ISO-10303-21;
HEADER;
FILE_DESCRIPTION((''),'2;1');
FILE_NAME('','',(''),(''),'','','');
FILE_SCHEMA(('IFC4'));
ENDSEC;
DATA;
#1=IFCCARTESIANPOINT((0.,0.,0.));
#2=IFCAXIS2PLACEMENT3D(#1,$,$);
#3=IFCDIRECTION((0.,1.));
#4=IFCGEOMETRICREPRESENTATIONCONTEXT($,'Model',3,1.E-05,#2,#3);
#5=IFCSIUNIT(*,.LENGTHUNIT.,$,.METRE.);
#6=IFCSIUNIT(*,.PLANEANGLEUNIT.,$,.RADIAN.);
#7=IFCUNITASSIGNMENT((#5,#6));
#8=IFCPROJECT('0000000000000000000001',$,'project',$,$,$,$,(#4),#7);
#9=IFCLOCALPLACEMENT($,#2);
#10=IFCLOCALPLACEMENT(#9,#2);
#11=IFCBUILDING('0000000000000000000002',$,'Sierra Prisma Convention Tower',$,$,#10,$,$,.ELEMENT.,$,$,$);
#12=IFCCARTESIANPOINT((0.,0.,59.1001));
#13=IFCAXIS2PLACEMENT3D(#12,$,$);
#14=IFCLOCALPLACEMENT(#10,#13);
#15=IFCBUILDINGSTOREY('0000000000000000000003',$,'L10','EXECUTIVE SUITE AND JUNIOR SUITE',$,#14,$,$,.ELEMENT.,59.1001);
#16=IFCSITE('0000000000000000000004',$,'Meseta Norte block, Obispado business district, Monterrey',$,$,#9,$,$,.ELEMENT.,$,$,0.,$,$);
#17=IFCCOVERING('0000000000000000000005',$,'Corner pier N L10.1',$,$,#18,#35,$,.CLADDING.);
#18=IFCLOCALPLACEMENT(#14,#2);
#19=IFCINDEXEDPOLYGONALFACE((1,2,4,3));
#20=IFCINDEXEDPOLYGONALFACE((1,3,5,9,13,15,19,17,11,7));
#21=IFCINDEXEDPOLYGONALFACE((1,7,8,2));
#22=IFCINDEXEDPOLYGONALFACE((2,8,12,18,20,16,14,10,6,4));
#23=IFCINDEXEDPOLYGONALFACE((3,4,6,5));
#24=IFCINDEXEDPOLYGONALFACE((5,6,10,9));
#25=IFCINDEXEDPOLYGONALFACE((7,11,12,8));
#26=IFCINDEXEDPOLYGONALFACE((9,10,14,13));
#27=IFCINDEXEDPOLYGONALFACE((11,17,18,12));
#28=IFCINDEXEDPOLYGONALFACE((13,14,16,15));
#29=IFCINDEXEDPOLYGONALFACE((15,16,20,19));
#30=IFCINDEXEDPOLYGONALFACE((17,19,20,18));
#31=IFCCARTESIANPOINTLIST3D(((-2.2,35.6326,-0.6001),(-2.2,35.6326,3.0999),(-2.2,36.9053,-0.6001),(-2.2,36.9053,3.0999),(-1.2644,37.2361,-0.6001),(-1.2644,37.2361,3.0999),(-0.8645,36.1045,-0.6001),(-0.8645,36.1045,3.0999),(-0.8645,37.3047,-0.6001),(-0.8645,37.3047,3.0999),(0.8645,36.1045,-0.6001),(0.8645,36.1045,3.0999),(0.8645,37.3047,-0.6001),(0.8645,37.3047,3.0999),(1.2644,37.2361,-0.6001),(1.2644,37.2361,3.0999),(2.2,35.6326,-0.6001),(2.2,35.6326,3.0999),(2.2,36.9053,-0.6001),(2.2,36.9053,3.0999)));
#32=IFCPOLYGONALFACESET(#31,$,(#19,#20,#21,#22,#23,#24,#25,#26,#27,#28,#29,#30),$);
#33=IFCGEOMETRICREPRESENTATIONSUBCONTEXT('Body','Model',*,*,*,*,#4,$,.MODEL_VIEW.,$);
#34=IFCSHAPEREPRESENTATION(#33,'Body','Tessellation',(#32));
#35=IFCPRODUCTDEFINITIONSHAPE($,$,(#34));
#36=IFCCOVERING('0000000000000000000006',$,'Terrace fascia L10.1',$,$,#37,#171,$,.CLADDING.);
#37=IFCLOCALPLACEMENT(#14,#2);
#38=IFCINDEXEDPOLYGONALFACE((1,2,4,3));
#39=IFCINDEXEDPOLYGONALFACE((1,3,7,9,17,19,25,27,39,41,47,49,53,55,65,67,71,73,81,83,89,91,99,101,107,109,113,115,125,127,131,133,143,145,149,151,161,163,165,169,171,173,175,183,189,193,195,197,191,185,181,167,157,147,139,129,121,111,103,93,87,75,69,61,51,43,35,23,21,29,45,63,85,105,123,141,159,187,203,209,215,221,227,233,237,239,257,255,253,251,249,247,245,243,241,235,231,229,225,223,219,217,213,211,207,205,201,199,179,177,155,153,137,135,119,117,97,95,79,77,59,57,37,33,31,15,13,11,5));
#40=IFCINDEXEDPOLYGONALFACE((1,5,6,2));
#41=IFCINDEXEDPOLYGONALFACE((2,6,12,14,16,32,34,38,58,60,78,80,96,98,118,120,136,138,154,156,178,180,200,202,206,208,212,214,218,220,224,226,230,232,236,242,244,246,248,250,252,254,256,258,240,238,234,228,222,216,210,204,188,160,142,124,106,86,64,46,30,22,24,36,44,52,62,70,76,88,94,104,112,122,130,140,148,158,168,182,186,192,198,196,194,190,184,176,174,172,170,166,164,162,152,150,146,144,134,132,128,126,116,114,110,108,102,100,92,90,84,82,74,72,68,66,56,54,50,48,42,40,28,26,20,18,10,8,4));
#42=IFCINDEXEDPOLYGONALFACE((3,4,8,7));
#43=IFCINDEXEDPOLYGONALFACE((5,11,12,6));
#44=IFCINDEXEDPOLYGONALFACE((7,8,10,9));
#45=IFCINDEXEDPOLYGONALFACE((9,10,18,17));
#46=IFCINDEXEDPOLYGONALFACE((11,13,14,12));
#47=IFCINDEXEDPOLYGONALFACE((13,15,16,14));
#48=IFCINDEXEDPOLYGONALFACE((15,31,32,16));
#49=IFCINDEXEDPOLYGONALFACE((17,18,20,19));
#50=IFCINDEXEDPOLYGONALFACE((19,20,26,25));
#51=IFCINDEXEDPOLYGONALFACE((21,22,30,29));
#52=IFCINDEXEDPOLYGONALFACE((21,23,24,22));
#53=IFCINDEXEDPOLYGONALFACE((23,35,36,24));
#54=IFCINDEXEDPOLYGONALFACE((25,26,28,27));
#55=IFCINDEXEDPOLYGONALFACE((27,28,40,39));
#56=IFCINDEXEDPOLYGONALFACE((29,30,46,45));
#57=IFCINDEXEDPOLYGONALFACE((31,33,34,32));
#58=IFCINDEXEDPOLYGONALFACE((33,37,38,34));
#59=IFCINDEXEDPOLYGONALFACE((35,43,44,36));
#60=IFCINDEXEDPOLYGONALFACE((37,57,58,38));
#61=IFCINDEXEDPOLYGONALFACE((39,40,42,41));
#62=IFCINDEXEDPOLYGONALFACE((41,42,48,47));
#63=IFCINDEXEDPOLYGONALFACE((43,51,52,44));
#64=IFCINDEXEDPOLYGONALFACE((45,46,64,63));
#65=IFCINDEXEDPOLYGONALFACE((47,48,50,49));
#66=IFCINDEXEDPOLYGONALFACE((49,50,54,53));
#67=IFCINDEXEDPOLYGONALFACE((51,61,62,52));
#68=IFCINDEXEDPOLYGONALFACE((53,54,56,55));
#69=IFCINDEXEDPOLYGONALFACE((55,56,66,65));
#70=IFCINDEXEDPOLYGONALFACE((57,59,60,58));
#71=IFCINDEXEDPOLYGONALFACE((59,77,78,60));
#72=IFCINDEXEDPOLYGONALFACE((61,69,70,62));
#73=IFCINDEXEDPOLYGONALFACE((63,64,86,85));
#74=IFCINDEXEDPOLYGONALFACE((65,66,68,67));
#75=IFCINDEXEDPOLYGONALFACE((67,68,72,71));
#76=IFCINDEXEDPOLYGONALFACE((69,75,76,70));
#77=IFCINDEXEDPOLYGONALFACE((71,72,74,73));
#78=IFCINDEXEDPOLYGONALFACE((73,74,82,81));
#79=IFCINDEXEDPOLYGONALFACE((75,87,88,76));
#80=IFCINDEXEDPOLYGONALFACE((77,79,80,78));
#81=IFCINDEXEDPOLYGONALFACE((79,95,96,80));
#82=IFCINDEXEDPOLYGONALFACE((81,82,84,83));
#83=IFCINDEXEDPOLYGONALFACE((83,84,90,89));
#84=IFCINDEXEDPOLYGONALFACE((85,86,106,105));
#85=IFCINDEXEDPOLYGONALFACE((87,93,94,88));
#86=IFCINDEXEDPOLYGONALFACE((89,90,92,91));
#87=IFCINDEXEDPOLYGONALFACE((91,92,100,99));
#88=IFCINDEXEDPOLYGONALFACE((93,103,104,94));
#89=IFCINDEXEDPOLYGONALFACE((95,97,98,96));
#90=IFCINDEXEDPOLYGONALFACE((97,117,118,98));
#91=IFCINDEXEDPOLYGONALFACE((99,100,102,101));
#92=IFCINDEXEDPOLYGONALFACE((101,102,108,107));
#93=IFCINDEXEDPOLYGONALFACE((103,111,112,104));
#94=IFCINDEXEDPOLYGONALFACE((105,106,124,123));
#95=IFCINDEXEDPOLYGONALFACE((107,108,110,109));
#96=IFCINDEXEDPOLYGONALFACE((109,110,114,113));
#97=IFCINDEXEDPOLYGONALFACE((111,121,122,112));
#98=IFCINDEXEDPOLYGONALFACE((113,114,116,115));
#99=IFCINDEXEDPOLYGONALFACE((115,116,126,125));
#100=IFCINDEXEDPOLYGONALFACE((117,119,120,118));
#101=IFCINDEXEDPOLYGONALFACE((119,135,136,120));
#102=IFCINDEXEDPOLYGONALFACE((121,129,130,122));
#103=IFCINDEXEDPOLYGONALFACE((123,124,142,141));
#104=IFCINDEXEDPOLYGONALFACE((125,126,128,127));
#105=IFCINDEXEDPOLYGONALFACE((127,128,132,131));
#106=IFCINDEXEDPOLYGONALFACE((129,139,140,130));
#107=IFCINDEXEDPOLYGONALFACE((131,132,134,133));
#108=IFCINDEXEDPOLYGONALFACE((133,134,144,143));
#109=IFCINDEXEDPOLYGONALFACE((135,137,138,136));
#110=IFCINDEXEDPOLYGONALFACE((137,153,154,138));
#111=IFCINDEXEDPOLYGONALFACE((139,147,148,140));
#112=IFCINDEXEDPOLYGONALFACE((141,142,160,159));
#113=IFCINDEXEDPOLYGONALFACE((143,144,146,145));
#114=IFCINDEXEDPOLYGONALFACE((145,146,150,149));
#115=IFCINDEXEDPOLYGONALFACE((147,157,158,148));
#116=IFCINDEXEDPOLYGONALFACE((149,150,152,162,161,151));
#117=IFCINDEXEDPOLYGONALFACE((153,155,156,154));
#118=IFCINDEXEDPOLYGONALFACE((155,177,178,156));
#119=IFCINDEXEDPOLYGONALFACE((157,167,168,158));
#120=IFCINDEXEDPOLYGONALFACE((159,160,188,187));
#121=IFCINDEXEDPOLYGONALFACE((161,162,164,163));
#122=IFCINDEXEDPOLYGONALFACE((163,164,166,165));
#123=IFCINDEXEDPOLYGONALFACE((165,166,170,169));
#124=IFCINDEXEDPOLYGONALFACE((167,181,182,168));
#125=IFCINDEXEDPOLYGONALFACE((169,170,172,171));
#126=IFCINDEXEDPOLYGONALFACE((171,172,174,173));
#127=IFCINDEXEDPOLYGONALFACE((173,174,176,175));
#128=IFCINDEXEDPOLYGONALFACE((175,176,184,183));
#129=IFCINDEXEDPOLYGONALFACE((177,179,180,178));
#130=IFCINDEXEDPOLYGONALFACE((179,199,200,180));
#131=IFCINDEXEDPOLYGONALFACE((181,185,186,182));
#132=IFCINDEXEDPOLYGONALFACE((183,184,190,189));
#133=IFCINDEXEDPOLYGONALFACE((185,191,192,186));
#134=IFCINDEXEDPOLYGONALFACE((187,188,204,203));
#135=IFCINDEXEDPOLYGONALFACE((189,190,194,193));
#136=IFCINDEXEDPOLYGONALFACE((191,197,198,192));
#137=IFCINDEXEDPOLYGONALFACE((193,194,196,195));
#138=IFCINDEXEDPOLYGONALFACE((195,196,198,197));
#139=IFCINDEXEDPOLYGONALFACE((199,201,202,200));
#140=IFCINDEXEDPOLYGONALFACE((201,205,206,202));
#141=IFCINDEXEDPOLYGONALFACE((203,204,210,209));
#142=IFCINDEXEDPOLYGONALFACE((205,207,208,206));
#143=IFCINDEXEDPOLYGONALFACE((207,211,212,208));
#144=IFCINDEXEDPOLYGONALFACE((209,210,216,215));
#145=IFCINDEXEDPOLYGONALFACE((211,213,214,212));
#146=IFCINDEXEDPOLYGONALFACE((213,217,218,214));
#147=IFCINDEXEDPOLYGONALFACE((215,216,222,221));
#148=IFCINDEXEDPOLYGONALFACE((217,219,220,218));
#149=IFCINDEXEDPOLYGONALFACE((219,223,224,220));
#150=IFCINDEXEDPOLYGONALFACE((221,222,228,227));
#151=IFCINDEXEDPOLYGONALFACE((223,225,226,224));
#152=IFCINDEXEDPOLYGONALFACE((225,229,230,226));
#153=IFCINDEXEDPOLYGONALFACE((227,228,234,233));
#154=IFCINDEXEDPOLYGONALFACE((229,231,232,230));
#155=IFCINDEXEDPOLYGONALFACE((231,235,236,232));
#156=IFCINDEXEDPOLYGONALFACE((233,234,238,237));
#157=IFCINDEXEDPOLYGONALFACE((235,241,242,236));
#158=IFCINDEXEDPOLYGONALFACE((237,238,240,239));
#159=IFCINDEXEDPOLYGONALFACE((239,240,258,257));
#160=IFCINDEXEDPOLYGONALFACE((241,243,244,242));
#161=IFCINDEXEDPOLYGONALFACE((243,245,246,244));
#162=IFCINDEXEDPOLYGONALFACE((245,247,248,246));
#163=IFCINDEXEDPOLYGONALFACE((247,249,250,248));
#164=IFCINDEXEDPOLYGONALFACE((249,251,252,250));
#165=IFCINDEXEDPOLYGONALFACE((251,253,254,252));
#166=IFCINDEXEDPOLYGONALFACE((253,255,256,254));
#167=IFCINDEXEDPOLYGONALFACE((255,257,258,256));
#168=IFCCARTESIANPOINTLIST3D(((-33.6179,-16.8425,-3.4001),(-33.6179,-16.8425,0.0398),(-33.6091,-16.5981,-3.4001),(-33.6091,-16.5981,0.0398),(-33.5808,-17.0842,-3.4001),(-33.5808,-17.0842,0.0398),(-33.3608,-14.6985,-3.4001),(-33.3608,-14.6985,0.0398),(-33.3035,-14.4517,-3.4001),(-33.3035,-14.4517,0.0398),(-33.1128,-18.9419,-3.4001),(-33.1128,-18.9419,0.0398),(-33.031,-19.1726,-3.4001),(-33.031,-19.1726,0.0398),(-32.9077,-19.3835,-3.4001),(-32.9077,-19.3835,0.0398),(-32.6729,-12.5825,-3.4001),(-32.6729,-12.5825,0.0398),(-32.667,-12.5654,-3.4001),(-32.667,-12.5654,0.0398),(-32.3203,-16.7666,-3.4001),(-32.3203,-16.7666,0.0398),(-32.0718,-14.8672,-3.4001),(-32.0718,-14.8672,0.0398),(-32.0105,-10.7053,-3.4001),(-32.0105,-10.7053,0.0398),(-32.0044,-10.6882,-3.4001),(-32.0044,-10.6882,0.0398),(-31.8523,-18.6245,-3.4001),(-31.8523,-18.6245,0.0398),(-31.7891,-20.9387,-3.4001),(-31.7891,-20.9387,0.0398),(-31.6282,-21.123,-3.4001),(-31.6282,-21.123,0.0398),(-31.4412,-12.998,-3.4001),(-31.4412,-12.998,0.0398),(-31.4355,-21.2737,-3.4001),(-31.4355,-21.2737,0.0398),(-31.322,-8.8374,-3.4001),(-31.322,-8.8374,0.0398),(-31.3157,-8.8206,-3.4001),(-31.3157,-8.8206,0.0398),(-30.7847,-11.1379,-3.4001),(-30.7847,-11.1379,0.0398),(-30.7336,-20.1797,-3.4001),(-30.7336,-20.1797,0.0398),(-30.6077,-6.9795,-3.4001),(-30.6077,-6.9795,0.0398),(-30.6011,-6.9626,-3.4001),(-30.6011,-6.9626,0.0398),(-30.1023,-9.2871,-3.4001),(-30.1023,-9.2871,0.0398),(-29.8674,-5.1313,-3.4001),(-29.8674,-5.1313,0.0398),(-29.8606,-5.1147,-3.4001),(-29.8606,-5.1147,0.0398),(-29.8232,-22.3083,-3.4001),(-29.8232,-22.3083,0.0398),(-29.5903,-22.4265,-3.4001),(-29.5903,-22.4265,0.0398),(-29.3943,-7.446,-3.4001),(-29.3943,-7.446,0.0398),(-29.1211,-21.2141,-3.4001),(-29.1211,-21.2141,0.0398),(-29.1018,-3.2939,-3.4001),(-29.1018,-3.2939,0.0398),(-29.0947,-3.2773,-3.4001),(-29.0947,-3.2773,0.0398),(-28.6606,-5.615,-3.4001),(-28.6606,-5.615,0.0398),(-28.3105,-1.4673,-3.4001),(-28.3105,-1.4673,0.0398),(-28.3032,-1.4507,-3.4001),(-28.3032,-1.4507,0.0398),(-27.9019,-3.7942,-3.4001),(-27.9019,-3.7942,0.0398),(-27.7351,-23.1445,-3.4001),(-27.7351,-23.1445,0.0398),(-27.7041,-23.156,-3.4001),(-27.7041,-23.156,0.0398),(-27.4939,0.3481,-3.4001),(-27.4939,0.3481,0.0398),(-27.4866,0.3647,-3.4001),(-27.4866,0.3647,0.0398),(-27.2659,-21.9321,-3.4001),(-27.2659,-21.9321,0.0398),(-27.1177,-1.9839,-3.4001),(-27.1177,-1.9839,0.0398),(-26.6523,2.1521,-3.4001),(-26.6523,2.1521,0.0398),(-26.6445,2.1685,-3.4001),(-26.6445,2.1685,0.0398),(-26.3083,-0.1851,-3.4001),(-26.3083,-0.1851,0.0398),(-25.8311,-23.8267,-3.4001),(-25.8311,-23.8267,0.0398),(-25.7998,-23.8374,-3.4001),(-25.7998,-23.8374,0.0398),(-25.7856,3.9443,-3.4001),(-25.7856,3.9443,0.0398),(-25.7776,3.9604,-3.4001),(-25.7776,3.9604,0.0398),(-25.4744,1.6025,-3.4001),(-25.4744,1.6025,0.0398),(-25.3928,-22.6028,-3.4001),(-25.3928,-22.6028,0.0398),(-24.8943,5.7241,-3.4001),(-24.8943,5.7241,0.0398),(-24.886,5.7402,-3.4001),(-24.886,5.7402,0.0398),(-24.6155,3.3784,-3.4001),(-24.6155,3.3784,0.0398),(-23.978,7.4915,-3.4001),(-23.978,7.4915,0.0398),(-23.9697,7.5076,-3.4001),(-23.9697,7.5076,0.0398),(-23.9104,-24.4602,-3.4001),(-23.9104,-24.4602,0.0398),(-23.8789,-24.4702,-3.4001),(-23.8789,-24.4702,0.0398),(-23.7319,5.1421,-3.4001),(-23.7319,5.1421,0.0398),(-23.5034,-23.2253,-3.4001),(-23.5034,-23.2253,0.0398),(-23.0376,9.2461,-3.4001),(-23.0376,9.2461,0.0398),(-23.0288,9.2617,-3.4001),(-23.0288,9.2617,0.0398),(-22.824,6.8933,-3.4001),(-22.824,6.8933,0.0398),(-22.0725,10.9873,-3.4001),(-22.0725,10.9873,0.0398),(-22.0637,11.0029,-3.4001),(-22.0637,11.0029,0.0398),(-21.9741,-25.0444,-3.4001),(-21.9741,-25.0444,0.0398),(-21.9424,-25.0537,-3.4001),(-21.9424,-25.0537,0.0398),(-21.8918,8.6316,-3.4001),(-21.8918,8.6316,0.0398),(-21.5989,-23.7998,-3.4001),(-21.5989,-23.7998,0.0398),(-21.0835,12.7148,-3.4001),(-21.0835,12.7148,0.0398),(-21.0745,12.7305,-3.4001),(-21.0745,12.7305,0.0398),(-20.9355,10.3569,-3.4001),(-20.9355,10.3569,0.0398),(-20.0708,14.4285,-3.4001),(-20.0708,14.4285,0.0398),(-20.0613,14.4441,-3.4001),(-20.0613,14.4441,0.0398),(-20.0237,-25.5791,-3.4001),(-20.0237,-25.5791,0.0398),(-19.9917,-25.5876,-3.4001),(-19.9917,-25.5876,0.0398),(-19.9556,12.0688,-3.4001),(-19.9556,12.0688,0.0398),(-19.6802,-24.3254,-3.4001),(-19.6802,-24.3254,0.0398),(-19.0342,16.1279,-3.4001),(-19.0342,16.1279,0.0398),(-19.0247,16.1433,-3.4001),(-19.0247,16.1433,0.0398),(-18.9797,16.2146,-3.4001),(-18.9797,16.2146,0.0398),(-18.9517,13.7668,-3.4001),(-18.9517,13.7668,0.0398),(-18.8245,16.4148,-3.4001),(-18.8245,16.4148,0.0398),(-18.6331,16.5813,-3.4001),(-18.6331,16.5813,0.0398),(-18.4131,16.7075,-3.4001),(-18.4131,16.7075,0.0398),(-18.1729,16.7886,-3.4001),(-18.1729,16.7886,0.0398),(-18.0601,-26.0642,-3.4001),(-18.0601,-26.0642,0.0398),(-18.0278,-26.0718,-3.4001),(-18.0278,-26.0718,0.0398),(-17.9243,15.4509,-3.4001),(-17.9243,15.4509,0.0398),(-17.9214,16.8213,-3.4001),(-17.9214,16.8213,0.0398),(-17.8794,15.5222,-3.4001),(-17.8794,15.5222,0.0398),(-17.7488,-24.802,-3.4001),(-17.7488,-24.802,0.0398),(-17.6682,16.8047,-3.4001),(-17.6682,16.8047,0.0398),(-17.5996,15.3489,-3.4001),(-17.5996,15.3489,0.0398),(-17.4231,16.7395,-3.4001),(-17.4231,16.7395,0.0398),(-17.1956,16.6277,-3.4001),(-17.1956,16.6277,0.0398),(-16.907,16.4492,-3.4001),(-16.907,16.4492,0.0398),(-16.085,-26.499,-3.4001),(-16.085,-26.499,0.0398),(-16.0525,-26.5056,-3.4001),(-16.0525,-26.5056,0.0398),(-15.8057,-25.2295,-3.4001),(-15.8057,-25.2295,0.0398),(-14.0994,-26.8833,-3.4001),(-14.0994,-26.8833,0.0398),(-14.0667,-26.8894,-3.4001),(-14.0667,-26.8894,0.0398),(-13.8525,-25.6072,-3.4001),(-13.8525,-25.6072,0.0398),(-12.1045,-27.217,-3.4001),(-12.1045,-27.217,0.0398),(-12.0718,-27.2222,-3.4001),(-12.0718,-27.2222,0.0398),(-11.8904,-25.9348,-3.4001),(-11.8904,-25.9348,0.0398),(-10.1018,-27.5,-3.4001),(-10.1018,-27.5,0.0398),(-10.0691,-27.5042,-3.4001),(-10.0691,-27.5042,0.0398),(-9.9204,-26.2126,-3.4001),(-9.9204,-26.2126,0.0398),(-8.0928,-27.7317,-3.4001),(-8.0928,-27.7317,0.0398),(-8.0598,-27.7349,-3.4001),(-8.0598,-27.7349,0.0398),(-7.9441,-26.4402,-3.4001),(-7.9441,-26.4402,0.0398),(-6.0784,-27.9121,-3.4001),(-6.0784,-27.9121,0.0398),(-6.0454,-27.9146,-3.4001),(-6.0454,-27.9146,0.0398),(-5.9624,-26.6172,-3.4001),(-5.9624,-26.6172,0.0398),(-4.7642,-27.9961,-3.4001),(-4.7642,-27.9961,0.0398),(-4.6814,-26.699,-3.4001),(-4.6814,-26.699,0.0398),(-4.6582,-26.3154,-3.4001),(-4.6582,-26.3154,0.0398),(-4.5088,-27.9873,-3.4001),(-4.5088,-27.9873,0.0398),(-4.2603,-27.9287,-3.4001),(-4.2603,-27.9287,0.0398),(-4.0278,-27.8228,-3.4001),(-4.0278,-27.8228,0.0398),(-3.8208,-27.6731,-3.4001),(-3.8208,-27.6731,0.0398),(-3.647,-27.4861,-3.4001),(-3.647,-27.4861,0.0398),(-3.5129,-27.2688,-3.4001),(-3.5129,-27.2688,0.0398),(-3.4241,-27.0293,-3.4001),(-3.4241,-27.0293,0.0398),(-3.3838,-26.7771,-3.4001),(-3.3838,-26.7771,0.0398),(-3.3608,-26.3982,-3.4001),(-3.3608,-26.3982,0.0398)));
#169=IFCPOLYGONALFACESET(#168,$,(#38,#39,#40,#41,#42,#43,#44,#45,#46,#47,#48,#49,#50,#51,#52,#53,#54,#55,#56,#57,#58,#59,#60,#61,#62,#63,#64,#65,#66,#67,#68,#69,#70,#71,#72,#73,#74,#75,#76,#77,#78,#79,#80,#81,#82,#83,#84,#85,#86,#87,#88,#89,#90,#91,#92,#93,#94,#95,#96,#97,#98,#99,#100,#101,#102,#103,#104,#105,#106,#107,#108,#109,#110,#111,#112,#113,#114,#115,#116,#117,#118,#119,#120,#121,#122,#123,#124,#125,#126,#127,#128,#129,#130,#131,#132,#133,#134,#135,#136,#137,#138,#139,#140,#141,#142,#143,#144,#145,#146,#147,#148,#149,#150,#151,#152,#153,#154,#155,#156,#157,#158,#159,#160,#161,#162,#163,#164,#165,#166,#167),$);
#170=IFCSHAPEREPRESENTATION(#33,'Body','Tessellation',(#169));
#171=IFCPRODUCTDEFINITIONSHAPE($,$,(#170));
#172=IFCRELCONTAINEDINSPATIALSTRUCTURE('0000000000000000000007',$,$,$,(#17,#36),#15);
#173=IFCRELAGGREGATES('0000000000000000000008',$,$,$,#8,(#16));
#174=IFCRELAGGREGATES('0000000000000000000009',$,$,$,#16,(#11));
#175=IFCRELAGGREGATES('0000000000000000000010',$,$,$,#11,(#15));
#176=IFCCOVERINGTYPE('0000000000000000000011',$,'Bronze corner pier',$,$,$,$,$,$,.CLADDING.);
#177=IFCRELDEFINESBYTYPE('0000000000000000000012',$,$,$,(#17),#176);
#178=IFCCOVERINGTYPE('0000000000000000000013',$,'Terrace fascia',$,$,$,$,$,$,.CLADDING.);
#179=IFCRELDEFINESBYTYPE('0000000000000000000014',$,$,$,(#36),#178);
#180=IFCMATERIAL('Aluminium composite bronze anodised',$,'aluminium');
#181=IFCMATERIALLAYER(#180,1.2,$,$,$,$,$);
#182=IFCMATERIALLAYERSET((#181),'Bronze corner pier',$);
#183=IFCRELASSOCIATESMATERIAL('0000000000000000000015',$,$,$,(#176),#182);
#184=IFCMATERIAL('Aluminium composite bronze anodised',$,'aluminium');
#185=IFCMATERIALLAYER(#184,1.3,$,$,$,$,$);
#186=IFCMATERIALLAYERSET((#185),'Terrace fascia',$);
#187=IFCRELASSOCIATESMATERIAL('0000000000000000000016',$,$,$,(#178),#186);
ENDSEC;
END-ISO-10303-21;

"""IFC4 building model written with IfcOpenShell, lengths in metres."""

from ifc_helpers import new_model, si_unit, direction, frame, origin, place, context, subcontext, project, spatial, polyline, outline, extrude, material, layer, layer_set, type_object, element, save


model = new_model("IFC4")

# Units and contexts
model_context = context("Model", 3, precision=1e-05, world=origin(), true_north=direction((0.0, 1.0)))
body_context = subcontext(model_context, "Body", "Model", "MODEL_VIEW")
ifc_project = project(units=[si_unit("LENGTHUNIT", "METRE"), si_unit("PLANEANGLEUNIT", "RADIAN")], contexts=[model_context])

# Site, building, storey
site_placement = place(None, origin())
site = spatial("IfcSite", under=ifc_project, at=site_placement, Name="Meseta Norte block, Obispado business district, Monterrey", CompositionType="ELEMENT", RefElevation=0.0)
building_placement = place(site_placement, origin())
building = spatial("IfcBuilding", under=site, at=building_placement, Name="Sierra Prisma Convention Tower", CompositionType="ELEMENT")
storey_placement = place(building_placement, frame((0.0, 0.0, 59.1001)))
storey = spatial("IfcBuildingStorey", under=building, at=storey_placement, Name="L10", Description="EXECUTIVE SUITE AND JUNIOR SUITE", CompositionType="ELEMENT", Elevation=59.1001)

# Coverings
ifc_material_1 = material(Name="Aluminium composite bronze anodised", Category="aluminium")
ifc_layer_1 = layer(ifc_material_1, 1.2)
ifc_layer_set_1 = layer_set([ifc_layer_1], Name="Bronze corner pier")
covering_type_1 = type_object("IfcCoveringType", Name="Bronze corner pier", PredefinedType="CLADDING", material=ifc_layer_set_1)
covering_1_placement = place(storey_placement, frame((0.0, 0.0, -0.6001)))
element("IfcCovering", 1, at=covering_1_placement, inside=storey, type_object=covering_type_1, Name="Corner pier N L10.1", PredefinedType="CLADDING", context=body_context, shape_type="SweptSolid", body=[
    extrude(outline(polyline([(-0.8645, 37.3047), (0.8645, 37.3047), (1.2644, 37.2361), (2.2, 36.9053), (2.2, 35.6326), (0.8645, 36.1045), (-0.8645, 36.1045), (-2.2, 35.6326), (-2.2, 36.9053), (-1.2644, 37.2361), (-0.8645, 37.3047)])), origin(), (0.0, 0.0, 1.0), 3.7),
])
ifc_material_2 = material(Name="Aluminium composite bronze anodised", Category="aluminium")
ifc_layer_2 = layer(ifc_material_2, 1.3)
ifc_layer_set_2 = layer_set([ifc_layer_2], Name="Terrace fascia")
covering_type_2 = type_object("IfcCoveringType", Name="Terrace fascia", PredefinedType="CLADDING", material=ifc_layer_set_2)
covering_2_placement = place(storey_placement, frame((0.0, 0.0, -3.4001)))
element("IfcCovering", 2, at=covering_2_placement, inside=storey, type_object=covering_type_2, Name="Terrace fascia L10.1", PredefinedType="CLADDING", context=body_context, shape_type="SweptSolid", body=[
    extrude(outline(polyline([(-3.3838, -26.7771), (-3.4241, -27.0293), (-3.5129, -27.2688), (-3.647, -27.4861), (-3.8208, -27.6731), (-4.0278, -27.8228), (-4.2603, -27.9287), (-4.5088, -27.9873), (-4.7642, -27.9961), (-6.0454, -27.9146), (-6.0784, -27.9121), (-8.0598, -27.7349), (-8.0928, -27.7317), (-10.0691, -27.5042), (-10.1018, -27.5), (-12.0718, -27.2222), (-12.1045, -27.217), (-14.0667, -26.8894), (-14.0994, -26.8833), (-16.0525, -26.5056), (-16.085, -26.499), (-18.0278, -26.0718), (-18.0601, -26.0642), (-19.9917, -25.5876), (-20.0237, -25.5791), (-21.9424, -25.0537), (-21.9741, -25.0444), (-23.8789, -24.4702), (-23.9104, -24.4602), (-25.7998, -23.8374), (-25.8311, -23.8267), (-27.7041, -23.156), (-27.7351, -23.1445), (-29.5903, -22.4265), (-29.8232, -22.3083), (-31.4355, -21.2737), (-31.6282, -21.123), (-31.7891, -20.9387), (-32.9077, -19.3835), (-33.031, -19.1726), (-33.1128, -18.9419), (-33.5808, -17.0842), (-33.6179, -16.8425), (-33.6091, -16.5981), (-33.3608, -14.6985), (-33.3035, -14.4517), (-32.6729, -12.5825), (-32.667, -12.5654), (-32.0105, -10.7053), (-32.0044, -10.6882), (-31.322, -8.8374), (-31.3157, -8.8206), (-30.6077, -6.9795), (-30.6011, -6.9626), (-29.8674, -5.1313), (-29.8606, -5.1147), (-29.1018, -3.2939), (-29.0947, -3.2773), (-28.3105, -1.4673), (-28.3032, -1.4507), (-27.4939, 0.3481), (-27.4866, 0.3647), (-26.6523, 2.1521), (-26.6445, 2.1685), (-25.7856, 3.9443), (-25.7776, 3.9604), (-24.8943, 5.7241), (-24.886, 5.7402), (-23.978, 7.4915), (-23.9697, 7.5076), (-23.0376, 9.2461), (-23.0288, 9.2617), (-22.0725, 10.9873), (-22.0637, 11.0029), (-21.0835, 12.7148), (-21.0745, 12.7305), (-20.0708, 14.4285), (-20.0613, 14.4441), (-19.0342, 16.1279), (-19.0247, 16.1433), (-18.9797, 16.2146), (-18.8245, 16.4148), (-18.6331, 16.5813), (-18.4131, 16.7075), (-18.1729, 16.7886), (-17.9214, 16.8213), (-17.6682, 16.8047), (-17.4231, 16.7395), (-17.1956, 16.6277), (-16.907, 16.4492), (-17.5996, 15.3489), (-17.8794, 15.5222), (-17.9243, 15.4509), (-18.9517, 13.7668), (-19.9556, 12.0688), (-20.9355, 10.3569), (-21.8918, 8.6316), (-22.824, 6.8933), (-23.7319, 5.1421), (-24.6155, 3.3784), (-25.4744, 1.6025), (-26.3083, -0.1851), (-27.1177, -1.9839), (-27.9019, -3.7942), (-28.6606, -5.615), (-29.3943, -7.446), (-30.1023, -9.2871), (-30.7847, -11.1379), (-31.4412, -12.998), (-32.0718, -14.8672), (-32.3203, -16.7666), (-31.8523, -18.6245), (-30.7336, -20.1797), (-29.1211, -21.2141), (-27.2659, -21.9321), (-25.3928, -22.6028), (-23.5034, -23.2253), (-21.5989, -23.7998), (-19.6802, -24.3254), (-17.7488, -24.802), (-15.8057, -25.2295), (-13.8525, -25.6072), (-11.8904, -25.9348), (-9.9204, -26.2126), (-7.9441, -26.4402), (-5.9624, -26.6172), (-4.6814, -26.699), (-4.6582, -26.3154), (-3.3608, -26.3982), (-3.3838, -26.7771)])), origin(), (0.0, 0.0, 1.0), 3.4399),
])

save(model, "model.ifc")
